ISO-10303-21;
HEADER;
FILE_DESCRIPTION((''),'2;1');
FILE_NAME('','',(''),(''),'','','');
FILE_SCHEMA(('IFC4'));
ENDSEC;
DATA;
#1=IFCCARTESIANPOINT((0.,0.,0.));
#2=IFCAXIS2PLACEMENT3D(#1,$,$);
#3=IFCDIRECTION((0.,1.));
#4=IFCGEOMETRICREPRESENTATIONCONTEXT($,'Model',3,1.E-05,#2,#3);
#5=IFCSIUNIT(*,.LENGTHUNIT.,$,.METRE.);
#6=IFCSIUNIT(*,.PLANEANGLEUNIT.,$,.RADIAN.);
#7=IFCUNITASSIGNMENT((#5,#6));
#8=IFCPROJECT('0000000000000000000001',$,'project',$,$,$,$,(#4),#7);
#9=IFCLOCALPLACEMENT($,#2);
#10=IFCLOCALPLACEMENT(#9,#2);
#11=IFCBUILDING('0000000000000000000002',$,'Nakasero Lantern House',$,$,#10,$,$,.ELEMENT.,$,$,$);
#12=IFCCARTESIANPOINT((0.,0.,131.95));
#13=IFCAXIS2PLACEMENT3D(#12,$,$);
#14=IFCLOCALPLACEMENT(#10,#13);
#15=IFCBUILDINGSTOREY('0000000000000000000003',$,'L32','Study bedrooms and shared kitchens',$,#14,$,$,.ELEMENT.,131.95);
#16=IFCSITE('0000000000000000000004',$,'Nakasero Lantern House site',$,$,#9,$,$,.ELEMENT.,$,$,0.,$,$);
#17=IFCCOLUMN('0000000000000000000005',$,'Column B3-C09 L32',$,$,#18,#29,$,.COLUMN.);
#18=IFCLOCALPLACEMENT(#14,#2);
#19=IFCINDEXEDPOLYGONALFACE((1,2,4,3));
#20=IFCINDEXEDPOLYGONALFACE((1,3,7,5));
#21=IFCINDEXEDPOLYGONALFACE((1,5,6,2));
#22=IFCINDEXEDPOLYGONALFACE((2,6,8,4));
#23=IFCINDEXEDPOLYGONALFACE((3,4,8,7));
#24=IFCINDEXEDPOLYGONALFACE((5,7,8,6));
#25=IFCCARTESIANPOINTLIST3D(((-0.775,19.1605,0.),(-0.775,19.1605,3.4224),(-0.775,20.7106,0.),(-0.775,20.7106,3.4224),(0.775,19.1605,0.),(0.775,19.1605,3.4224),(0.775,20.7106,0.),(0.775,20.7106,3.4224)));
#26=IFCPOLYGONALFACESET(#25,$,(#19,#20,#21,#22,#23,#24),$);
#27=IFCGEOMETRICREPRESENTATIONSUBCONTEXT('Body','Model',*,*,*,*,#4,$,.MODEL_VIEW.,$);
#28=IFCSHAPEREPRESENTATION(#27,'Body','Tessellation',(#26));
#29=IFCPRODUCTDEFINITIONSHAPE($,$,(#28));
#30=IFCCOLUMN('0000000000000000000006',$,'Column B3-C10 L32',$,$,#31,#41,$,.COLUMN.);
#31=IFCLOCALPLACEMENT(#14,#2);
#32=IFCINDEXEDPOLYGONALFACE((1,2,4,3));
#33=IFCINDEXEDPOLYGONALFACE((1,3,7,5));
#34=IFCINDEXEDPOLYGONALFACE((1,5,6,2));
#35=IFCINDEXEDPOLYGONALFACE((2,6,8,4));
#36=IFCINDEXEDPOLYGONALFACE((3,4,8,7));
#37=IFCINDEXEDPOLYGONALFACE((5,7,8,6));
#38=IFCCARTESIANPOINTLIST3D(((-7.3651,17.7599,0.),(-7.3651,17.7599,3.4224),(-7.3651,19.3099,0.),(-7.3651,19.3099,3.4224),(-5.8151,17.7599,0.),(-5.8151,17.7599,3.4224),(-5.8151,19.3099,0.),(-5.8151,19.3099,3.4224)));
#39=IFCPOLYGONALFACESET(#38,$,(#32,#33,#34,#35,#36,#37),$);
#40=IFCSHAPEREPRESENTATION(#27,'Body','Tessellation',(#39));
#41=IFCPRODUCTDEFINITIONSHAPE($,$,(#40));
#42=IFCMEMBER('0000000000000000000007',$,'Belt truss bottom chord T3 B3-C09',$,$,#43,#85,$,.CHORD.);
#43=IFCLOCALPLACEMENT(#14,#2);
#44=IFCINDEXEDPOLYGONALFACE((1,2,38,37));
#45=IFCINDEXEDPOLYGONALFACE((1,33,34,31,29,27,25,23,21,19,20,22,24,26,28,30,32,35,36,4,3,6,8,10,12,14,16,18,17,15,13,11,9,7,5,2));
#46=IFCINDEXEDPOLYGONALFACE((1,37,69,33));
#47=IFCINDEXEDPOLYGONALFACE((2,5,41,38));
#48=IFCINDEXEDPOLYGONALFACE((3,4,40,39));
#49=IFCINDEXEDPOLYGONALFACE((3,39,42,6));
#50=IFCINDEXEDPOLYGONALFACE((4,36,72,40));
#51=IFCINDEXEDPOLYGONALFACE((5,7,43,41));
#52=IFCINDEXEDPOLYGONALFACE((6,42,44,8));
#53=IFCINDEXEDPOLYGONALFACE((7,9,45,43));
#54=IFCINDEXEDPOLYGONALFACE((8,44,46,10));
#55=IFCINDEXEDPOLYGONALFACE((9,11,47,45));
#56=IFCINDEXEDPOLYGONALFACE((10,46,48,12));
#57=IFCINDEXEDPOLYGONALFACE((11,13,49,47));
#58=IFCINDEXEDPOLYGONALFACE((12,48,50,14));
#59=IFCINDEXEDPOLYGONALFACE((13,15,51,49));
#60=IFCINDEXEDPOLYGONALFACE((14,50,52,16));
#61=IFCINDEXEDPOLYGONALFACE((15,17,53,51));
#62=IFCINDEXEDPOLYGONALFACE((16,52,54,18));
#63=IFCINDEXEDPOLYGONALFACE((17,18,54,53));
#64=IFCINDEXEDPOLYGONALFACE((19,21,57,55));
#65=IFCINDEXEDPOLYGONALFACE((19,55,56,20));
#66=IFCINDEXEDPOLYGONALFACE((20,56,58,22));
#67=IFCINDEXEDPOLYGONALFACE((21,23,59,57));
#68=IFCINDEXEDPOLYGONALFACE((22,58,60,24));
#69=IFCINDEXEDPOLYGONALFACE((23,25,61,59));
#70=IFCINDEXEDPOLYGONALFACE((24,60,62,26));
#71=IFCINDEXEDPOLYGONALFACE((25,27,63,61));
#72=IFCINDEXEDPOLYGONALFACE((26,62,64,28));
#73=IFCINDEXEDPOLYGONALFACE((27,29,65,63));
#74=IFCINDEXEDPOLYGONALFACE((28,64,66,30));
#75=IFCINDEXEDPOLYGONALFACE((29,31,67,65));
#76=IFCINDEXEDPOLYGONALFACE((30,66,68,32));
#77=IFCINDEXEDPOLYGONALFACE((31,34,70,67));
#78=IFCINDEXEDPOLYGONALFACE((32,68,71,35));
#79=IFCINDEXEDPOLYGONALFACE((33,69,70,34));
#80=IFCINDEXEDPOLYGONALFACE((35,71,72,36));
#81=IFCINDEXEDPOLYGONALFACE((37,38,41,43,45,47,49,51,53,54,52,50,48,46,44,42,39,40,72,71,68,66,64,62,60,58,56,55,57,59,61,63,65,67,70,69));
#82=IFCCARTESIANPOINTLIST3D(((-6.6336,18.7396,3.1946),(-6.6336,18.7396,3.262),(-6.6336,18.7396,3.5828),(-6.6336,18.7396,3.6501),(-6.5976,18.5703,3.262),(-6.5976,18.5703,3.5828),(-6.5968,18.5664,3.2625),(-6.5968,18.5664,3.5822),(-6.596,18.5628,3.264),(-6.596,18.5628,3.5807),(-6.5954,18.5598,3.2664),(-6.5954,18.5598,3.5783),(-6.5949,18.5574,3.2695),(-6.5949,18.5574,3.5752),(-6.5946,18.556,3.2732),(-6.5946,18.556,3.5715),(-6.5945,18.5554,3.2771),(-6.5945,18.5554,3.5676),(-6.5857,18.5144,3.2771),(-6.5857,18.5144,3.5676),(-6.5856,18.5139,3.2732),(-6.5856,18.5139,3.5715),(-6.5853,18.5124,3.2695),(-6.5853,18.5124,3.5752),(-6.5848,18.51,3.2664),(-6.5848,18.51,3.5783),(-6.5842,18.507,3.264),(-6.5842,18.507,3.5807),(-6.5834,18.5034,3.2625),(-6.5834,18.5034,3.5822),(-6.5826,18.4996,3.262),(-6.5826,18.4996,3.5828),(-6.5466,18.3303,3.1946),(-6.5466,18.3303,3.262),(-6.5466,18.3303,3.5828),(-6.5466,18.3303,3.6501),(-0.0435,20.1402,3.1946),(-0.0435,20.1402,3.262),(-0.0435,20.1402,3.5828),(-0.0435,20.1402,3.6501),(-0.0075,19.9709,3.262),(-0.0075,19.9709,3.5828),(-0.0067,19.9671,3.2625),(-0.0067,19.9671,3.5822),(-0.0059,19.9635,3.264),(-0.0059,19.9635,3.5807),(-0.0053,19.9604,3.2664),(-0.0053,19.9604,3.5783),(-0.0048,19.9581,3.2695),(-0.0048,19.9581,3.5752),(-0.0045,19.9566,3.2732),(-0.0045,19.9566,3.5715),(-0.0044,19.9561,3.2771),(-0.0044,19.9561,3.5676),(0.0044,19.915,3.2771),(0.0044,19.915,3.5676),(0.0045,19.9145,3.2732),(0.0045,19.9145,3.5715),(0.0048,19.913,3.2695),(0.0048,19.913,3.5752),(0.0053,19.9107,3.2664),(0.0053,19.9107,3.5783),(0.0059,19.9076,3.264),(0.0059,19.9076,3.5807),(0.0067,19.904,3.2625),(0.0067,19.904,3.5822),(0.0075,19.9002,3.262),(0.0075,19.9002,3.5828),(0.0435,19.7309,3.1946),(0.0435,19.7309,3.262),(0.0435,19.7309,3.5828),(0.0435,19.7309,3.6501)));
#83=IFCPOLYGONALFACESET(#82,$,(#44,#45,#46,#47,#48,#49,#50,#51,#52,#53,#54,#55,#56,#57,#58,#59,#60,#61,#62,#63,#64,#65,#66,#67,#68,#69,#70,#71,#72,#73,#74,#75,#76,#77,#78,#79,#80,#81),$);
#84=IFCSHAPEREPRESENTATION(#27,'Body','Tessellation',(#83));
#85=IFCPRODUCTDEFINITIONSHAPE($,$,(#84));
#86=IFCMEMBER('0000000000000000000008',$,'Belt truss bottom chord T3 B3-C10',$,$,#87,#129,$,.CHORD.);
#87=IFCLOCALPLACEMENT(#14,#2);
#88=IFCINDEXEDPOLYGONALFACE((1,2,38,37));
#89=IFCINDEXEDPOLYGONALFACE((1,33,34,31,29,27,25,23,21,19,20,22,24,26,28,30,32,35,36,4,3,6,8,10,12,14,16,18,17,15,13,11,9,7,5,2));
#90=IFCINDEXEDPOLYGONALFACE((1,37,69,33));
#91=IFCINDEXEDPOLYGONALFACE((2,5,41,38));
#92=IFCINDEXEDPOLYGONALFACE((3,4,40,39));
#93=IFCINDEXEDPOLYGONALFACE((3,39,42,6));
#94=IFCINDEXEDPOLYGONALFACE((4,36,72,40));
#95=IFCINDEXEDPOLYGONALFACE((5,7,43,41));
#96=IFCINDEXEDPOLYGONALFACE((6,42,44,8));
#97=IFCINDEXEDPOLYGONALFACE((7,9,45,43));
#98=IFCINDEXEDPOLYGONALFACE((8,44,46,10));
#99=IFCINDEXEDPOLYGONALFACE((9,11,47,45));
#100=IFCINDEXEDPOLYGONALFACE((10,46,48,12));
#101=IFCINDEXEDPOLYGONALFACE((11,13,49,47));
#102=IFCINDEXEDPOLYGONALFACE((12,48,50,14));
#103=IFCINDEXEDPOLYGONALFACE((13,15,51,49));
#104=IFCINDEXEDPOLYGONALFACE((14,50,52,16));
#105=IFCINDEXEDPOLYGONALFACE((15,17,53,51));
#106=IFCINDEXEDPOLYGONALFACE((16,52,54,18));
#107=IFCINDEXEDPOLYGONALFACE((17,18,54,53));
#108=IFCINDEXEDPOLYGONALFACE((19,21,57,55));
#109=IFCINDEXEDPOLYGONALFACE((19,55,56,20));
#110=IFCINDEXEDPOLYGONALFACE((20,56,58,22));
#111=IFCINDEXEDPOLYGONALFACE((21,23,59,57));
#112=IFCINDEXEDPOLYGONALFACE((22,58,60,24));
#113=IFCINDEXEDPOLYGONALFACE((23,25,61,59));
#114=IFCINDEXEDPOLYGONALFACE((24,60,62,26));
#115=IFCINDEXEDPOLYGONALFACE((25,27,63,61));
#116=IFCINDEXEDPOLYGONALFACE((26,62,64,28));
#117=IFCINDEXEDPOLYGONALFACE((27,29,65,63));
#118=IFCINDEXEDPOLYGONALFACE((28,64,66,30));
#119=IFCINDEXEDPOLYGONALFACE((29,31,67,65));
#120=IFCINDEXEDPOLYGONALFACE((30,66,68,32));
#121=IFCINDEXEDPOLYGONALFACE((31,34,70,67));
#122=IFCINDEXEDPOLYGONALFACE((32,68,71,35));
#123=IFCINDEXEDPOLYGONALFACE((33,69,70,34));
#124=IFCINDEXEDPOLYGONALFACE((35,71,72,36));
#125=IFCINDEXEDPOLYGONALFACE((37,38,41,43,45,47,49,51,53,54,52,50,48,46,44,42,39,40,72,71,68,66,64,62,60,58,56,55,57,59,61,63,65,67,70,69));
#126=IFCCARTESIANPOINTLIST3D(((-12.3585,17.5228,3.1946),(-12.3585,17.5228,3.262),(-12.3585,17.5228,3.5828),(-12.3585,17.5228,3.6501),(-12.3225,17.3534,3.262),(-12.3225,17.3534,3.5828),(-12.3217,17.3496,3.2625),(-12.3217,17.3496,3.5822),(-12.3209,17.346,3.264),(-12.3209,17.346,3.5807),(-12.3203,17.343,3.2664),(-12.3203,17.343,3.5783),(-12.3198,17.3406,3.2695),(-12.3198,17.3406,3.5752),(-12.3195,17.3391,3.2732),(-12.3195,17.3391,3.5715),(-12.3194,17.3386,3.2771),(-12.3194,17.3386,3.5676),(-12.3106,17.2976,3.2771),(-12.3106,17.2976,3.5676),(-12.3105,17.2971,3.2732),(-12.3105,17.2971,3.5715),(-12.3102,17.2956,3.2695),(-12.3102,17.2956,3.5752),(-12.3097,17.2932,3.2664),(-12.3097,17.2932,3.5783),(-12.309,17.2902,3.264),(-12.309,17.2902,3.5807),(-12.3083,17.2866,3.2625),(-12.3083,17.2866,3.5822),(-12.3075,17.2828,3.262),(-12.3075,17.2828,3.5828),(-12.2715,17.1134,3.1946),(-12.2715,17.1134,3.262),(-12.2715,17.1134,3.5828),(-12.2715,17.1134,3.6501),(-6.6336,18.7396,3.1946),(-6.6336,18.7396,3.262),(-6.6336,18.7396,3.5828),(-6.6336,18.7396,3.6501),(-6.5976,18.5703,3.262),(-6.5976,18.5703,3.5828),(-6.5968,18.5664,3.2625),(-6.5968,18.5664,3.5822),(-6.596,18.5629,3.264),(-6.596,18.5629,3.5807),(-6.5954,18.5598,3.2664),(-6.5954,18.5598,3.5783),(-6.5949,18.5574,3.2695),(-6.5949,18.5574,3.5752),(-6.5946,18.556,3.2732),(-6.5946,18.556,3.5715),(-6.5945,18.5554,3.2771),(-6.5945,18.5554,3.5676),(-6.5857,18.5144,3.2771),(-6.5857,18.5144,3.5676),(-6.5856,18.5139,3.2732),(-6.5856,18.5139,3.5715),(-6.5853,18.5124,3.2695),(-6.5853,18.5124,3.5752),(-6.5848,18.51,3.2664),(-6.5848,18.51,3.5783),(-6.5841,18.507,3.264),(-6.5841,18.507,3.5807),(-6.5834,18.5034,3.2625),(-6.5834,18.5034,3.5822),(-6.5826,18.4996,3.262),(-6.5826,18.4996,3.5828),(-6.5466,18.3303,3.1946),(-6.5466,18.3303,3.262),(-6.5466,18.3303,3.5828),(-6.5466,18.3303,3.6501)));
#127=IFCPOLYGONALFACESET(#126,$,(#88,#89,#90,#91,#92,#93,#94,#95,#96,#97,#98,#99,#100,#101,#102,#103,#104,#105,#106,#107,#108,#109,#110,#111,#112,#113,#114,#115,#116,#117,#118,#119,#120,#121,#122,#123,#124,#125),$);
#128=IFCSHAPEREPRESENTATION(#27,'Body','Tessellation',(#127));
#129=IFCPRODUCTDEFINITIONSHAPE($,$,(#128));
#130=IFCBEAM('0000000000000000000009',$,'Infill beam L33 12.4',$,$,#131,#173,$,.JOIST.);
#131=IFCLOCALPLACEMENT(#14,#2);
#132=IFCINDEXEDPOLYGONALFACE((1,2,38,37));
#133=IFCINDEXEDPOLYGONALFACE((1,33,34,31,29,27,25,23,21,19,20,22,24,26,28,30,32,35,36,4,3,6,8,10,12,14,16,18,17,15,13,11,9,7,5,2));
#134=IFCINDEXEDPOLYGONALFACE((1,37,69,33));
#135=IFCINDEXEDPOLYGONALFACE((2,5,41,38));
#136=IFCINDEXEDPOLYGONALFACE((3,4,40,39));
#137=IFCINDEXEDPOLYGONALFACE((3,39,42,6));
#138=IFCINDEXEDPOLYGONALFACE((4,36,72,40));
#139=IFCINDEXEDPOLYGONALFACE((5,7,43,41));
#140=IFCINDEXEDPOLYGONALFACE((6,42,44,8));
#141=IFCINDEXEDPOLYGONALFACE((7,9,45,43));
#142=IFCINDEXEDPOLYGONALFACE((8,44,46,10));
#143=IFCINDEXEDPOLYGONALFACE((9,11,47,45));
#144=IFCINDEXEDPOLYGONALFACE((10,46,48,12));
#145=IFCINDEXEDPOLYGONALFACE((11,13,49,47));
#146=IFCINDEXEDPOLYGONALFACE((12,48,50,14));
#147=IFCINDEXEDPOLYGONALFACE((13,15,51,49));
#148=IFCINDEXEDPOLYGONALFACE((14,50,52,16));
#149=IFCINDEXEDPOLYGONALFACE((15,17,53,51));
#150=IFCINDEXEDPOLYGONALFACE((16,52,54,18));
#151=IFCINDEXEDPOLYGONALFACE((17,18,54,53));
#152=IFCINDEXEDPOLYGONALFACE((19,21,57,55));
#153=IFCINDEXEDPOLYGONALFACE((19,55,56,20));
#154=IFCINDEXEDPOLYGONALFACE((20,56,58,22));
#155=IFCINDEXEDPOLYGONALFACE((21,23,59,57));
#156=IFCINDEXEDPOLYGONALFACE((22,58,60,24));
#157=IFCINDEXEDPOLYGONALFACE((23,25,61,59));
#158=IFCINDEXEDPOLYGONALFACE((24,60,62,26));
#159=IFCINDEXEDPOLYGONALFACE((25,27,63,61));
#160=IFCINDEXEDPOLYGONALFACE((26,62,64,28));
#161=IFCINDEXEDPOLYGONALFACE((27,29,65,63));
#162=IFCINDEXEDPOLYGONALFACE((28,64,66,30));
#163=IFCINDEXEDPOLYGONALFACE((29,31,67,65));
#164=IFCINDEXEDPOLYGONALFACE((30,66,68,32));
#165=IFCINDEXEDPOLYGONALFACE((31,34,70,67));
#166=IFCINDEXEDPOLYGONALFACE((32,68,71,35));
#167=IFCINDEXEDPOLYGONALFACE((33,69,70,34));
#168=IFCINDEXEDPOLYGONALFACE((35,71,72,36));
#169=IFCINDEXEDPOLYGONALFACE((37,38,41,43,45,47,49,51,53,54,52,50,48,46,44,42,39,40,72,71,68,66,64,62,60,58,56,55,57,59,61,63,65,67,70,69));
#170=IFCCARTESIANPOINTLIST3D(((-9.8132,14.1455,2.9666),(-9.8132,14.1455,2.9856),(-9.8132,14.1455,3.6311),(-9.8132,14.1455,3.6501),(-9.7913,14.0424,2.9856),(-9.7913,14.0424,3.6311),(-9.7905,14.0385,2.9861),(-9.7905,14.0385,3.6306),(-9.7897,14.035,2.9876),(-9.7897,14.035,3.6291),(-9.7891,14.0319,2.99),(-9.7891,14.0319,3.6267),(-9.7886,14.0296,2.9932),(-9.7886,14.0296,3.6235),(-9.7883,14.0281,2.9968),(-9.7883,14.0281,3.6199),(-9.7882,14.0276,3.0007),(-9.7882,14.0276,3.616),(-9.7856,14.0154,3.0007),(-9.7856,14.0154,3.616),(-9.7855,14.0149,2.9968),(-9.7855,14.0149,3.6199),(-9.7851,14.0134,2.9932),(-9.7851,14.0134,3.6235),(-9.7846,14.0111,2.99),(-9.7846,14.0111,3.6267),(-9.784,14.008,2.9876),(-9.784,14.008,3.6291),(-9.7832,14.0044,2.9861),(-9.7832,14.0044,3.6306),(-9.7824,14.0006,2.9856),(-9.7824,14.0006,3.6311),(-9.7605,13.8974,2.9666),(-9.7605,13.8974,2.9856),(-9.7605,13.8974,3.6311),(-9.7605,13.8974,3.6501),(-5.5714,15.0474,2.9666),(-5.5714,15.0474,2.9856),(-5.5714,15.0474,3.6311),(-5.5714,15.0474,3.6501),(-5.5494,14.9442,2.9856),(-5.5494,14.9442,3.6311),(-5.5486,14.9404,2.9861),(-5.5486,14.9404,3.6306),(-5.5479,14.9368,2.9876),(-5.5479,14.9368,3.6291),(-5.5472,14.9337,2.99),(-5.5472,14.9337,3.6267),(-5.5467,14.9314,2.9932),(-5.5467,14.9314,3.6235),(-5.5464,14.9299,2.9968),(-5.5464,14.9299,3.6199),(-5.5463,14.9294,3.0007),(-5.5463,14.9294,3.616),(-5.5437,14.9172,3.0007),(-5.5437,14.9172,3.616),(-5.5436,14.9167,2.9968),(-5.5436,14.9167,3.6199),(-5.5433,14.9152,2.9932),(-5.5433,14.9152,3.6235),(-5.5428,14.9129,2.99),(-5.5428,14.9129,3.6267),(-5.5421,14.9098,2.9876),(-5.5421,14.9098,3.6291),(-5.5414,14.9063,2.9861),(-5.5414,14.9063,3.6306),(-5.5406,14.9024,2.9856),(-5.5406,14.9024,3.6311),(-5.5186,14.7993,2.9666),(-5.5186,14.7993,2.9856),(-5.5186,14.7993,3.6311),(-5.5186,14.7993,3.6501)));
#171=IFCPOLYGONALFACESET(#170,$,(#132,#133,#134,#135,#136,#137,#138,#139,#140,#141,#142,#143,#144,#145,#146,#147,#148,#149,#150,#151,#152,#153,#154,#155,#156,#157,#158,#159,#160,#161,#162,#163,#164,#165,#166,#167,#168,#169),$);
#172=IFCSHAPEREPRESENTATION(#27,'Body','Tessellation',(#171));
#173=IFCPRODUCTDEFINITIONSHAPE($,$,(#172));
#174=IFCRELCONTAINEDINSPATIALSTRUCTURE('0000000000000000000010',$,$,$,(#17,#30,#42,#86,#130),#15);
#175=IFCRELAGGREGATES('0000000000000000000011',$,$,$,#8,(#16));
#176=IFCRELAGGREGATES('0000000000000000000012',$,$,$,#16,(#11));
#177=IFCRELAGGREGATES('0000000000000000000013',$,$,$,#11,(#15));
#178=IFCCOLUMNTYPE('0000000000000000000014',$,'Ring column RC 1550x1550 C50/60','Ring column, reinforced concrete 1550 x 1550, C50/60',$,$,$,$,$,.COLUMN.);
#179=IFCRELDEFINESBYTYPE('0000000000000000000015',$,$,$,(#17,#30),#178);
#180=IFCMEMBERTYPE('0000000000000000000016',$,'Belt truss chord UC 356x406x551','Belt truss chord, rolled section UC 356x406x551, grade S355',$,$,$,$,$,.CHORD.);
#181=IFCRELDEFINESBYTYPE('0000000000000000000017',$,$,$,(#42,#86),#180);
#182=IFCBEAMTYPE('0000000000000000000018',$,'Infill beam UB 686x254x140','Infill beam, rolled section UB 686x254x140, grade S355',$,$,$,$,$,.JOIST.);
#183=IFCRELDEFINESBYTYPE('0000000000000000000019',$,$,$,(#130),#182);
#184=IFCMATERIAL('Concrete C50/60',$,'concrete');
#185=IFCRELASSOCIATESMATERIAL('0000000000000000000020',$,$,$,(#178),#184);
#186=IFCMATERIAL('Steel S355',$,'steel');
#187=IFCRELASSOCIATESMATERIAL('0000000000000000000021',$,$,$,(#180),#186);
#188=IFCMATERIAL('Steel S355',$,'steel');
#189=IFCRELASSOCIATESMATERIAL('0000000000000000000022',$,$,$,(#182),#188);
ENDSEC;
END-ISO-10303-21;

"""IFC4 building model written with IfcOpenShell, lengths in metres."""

from ifc_helpers import new_model, si_unit, direction, frame, origin, origin_2d, place, context, subcontext, project, spatial, rectangle, i_section, extrude, material, material_profile, profile_set, type_object, element, save


model = new_model("IFC4")

# Units and contexts
model_context = context("Model", 3, precision=1e-05, world=origin(), true_north=direction((0.0, 1.0)))
body_context = subcontext(model_context, "Body", "Model", "MODEL_VIEW")
ifc_project = project(units=[si_unit("LENGTHUNIT", "METRE"), si_unit("PLANEANGLEUNIT", "RADIAN")], contexts=[model_context])

# Site, building, storey
site_placement = place(None, origin())
site = spatial("IfcSite", under=ifc_project, at=site_placement, Name="Nakasero Lantern House site", CompositionType="ELEMENT", RefElevation=0.0)
building_placement = place(site_placement, origin())
building = spatial("IfcBuilding", under=site, at=building_placement, Name="Nakasero Lantern House", CompositionType="ELEMENT")
storey_placement = place(building_placement, frame((0.0, 0.0, 131.95)))
storey = spatial("IfcBuildingStorey", under=building, at=storey_placement, Name="L32", Description="Study bedrooms and shared kitchens", CompositionType="ELEMENT", Elevation=131.95)

# Columns
ifc_material_1 = material(Name="Concrete C50/60", Category="concrete")
ifc_material_profile_1 = material_profile(ifc_material_1, rectangle(XDim=1.55, YDim=1.55, at=origin_2d()), Name="RC 1550x1550")
ifc_profile_set_1 = profile_set([ifc_material_profile_1], Name="Concrete C50/60")
column_type = type_object("IfcColumnType", Name="Ring column RC 1550x1550 C50/60", Description="Ring column, reinforced concrete 1550 x 1550, C50/60", PredefinedType="COLUMN", material=ifc_profile_set_1)
for number, where, z_axis, x_axis, name in (
    (1, (0.0, 19.9355, 0.0), (0.0, 0.0, 1.0), (1.0, 0.0, 0.0), "Column B3-C09 L32"),
    (2, (-6.5901, 18.5349, 0.0), (0.0, 0.0, 1.0), (1.0, 0.0, 0.0), "Column B3-C10 L32"),
):
    element("IfcColumn", number, at=place(storey_placement, frame(where, z_axis=z_axis, x_axis=x_axis)), inside=storey, type_object=column_type, Name=name, PredefinedType="COLUMN", context=body_context, shape_type="SweptSolid", body=[
        extrude(rectangle(XDim=1.55, YDim=1.55, at=origin_2d()), origin(), (0.0, 0.0, 1.0), 3.4224),
    ])

# Members
ifc_material_2 = material(Name="Steel S355", Category="steel")
ifc_material_profile_2 = material_profile(ifc_material_2, i_section(OverallWidth=0.4185, OverallDepth=0.4556, WebThickness=0.042, FlangeThickness=0.0674, FilletRadius=0.0151, at=origin_2d()), Name="UC 356x406x551")
ifc_profile_set_2 = profile_set([ifc_material_profile_2], Name="Steel S355")
member_type = type_object("IfcMemberType", Name="Belt truss chord UC 356x406x551", Description="Belt truss chord, rolled section UC 356x406x551, grade S355", PredefinedType="CHORD", material=ifc_profile_set_2)
member_1_placement = place(storey_placement, frame((0.0, 19.9355, 3.4224), z_axis=(-0.978152, -0.207893, 0.0), x_axis=(0.207893, -0.978152, 0.0)))
element("IfcMember", 3, at=member_1_placement, inside=storey, type_object=member_type, Name="Belt truss bottom chord T3 B3-C09", PredefinedType="CHORD", context=body_context, shape_type="SweptSolid", body=[
    extrude(i_section(OverallWidth=0.4185, OverallDepth=0.4556, WebThickness=0.042, FlangeThickness=0.0674, FilletRadius=0.0151, at=origin_2d()), origin(), (0.0, 0.0, 1.0), 6.7373),
])
member_2_placement = place(storey_placement, frame((-6.5901, 18.5349, 3.4224), z_axis=(-0.97815, -0.207902, 0.0), x_axis=(0.207902, -0.97815, 0.0)))
element("IfcMember", 4, at=member_2_placement, inside=storey, type_object=member_type, Name="Belt truss bottom chord T3 B3-C10", PredefinedType="CHORD", context=body_context, shape_type="SweptSolid", body=[
    extrude(i_section(OverallWidth=0.4185, OverallDepth=0.4556, WebThickness=0.042, FlangeThickness=0.0674, FilletRadius=0.0151, at=origin_2d()), origin(), (0.0, 0.0, 1.0), 5.8528),
])

# Beam
ifc_material_3 = material(Name="Steel S355", Category="steel")
ifc_material_profile_3 = material_profile(ifc_material_3, i_section(OverallWidth=0.2537, OverallDepth=0.6836, WebThickness=0.0125, FlangeThickness=0.019, FilletRadius=0.0151, at=origin_2d()), Name="UB 686x254x140")
ifc_profile_set_3 = profile_set([ifc_material_profile_3], Name="Steel S355")
beam_type_1 = type_object("IfcBeamType", Name="Infill beam UB 686x254x140", Description="Infill beam, rolled section UB 686x254x140, grade S355", PredefinedType="JOIST", material=ifc_profile_set_3)
beam_1_placement = place(storey_placement, frame((-9.7869, 14.0215, 3.3083), z_axis=(0.978138, 0.207956, 0.0), x_axis=(-0.207956, 0.978138, 0.0)))
element("IfcBeam", 5, at=beam_1_placement, inside=storey, type_object=beam_type_1, Name="Infill beam L33 12.4", PredefinedType="JOIST", context=body_context, shape_type="SweptSolid", body=[
    extrude(i_section(OverallWidth=0.2537, OverallDepth=0.6836, WebThickness=0.0125, FlangeThickness=0.019, FilletRadius=0.0151, at=origin_2d()), origin(), (0.0, 0.0, 1.0), 4.3367),
])

save(model, "model.ifc")
